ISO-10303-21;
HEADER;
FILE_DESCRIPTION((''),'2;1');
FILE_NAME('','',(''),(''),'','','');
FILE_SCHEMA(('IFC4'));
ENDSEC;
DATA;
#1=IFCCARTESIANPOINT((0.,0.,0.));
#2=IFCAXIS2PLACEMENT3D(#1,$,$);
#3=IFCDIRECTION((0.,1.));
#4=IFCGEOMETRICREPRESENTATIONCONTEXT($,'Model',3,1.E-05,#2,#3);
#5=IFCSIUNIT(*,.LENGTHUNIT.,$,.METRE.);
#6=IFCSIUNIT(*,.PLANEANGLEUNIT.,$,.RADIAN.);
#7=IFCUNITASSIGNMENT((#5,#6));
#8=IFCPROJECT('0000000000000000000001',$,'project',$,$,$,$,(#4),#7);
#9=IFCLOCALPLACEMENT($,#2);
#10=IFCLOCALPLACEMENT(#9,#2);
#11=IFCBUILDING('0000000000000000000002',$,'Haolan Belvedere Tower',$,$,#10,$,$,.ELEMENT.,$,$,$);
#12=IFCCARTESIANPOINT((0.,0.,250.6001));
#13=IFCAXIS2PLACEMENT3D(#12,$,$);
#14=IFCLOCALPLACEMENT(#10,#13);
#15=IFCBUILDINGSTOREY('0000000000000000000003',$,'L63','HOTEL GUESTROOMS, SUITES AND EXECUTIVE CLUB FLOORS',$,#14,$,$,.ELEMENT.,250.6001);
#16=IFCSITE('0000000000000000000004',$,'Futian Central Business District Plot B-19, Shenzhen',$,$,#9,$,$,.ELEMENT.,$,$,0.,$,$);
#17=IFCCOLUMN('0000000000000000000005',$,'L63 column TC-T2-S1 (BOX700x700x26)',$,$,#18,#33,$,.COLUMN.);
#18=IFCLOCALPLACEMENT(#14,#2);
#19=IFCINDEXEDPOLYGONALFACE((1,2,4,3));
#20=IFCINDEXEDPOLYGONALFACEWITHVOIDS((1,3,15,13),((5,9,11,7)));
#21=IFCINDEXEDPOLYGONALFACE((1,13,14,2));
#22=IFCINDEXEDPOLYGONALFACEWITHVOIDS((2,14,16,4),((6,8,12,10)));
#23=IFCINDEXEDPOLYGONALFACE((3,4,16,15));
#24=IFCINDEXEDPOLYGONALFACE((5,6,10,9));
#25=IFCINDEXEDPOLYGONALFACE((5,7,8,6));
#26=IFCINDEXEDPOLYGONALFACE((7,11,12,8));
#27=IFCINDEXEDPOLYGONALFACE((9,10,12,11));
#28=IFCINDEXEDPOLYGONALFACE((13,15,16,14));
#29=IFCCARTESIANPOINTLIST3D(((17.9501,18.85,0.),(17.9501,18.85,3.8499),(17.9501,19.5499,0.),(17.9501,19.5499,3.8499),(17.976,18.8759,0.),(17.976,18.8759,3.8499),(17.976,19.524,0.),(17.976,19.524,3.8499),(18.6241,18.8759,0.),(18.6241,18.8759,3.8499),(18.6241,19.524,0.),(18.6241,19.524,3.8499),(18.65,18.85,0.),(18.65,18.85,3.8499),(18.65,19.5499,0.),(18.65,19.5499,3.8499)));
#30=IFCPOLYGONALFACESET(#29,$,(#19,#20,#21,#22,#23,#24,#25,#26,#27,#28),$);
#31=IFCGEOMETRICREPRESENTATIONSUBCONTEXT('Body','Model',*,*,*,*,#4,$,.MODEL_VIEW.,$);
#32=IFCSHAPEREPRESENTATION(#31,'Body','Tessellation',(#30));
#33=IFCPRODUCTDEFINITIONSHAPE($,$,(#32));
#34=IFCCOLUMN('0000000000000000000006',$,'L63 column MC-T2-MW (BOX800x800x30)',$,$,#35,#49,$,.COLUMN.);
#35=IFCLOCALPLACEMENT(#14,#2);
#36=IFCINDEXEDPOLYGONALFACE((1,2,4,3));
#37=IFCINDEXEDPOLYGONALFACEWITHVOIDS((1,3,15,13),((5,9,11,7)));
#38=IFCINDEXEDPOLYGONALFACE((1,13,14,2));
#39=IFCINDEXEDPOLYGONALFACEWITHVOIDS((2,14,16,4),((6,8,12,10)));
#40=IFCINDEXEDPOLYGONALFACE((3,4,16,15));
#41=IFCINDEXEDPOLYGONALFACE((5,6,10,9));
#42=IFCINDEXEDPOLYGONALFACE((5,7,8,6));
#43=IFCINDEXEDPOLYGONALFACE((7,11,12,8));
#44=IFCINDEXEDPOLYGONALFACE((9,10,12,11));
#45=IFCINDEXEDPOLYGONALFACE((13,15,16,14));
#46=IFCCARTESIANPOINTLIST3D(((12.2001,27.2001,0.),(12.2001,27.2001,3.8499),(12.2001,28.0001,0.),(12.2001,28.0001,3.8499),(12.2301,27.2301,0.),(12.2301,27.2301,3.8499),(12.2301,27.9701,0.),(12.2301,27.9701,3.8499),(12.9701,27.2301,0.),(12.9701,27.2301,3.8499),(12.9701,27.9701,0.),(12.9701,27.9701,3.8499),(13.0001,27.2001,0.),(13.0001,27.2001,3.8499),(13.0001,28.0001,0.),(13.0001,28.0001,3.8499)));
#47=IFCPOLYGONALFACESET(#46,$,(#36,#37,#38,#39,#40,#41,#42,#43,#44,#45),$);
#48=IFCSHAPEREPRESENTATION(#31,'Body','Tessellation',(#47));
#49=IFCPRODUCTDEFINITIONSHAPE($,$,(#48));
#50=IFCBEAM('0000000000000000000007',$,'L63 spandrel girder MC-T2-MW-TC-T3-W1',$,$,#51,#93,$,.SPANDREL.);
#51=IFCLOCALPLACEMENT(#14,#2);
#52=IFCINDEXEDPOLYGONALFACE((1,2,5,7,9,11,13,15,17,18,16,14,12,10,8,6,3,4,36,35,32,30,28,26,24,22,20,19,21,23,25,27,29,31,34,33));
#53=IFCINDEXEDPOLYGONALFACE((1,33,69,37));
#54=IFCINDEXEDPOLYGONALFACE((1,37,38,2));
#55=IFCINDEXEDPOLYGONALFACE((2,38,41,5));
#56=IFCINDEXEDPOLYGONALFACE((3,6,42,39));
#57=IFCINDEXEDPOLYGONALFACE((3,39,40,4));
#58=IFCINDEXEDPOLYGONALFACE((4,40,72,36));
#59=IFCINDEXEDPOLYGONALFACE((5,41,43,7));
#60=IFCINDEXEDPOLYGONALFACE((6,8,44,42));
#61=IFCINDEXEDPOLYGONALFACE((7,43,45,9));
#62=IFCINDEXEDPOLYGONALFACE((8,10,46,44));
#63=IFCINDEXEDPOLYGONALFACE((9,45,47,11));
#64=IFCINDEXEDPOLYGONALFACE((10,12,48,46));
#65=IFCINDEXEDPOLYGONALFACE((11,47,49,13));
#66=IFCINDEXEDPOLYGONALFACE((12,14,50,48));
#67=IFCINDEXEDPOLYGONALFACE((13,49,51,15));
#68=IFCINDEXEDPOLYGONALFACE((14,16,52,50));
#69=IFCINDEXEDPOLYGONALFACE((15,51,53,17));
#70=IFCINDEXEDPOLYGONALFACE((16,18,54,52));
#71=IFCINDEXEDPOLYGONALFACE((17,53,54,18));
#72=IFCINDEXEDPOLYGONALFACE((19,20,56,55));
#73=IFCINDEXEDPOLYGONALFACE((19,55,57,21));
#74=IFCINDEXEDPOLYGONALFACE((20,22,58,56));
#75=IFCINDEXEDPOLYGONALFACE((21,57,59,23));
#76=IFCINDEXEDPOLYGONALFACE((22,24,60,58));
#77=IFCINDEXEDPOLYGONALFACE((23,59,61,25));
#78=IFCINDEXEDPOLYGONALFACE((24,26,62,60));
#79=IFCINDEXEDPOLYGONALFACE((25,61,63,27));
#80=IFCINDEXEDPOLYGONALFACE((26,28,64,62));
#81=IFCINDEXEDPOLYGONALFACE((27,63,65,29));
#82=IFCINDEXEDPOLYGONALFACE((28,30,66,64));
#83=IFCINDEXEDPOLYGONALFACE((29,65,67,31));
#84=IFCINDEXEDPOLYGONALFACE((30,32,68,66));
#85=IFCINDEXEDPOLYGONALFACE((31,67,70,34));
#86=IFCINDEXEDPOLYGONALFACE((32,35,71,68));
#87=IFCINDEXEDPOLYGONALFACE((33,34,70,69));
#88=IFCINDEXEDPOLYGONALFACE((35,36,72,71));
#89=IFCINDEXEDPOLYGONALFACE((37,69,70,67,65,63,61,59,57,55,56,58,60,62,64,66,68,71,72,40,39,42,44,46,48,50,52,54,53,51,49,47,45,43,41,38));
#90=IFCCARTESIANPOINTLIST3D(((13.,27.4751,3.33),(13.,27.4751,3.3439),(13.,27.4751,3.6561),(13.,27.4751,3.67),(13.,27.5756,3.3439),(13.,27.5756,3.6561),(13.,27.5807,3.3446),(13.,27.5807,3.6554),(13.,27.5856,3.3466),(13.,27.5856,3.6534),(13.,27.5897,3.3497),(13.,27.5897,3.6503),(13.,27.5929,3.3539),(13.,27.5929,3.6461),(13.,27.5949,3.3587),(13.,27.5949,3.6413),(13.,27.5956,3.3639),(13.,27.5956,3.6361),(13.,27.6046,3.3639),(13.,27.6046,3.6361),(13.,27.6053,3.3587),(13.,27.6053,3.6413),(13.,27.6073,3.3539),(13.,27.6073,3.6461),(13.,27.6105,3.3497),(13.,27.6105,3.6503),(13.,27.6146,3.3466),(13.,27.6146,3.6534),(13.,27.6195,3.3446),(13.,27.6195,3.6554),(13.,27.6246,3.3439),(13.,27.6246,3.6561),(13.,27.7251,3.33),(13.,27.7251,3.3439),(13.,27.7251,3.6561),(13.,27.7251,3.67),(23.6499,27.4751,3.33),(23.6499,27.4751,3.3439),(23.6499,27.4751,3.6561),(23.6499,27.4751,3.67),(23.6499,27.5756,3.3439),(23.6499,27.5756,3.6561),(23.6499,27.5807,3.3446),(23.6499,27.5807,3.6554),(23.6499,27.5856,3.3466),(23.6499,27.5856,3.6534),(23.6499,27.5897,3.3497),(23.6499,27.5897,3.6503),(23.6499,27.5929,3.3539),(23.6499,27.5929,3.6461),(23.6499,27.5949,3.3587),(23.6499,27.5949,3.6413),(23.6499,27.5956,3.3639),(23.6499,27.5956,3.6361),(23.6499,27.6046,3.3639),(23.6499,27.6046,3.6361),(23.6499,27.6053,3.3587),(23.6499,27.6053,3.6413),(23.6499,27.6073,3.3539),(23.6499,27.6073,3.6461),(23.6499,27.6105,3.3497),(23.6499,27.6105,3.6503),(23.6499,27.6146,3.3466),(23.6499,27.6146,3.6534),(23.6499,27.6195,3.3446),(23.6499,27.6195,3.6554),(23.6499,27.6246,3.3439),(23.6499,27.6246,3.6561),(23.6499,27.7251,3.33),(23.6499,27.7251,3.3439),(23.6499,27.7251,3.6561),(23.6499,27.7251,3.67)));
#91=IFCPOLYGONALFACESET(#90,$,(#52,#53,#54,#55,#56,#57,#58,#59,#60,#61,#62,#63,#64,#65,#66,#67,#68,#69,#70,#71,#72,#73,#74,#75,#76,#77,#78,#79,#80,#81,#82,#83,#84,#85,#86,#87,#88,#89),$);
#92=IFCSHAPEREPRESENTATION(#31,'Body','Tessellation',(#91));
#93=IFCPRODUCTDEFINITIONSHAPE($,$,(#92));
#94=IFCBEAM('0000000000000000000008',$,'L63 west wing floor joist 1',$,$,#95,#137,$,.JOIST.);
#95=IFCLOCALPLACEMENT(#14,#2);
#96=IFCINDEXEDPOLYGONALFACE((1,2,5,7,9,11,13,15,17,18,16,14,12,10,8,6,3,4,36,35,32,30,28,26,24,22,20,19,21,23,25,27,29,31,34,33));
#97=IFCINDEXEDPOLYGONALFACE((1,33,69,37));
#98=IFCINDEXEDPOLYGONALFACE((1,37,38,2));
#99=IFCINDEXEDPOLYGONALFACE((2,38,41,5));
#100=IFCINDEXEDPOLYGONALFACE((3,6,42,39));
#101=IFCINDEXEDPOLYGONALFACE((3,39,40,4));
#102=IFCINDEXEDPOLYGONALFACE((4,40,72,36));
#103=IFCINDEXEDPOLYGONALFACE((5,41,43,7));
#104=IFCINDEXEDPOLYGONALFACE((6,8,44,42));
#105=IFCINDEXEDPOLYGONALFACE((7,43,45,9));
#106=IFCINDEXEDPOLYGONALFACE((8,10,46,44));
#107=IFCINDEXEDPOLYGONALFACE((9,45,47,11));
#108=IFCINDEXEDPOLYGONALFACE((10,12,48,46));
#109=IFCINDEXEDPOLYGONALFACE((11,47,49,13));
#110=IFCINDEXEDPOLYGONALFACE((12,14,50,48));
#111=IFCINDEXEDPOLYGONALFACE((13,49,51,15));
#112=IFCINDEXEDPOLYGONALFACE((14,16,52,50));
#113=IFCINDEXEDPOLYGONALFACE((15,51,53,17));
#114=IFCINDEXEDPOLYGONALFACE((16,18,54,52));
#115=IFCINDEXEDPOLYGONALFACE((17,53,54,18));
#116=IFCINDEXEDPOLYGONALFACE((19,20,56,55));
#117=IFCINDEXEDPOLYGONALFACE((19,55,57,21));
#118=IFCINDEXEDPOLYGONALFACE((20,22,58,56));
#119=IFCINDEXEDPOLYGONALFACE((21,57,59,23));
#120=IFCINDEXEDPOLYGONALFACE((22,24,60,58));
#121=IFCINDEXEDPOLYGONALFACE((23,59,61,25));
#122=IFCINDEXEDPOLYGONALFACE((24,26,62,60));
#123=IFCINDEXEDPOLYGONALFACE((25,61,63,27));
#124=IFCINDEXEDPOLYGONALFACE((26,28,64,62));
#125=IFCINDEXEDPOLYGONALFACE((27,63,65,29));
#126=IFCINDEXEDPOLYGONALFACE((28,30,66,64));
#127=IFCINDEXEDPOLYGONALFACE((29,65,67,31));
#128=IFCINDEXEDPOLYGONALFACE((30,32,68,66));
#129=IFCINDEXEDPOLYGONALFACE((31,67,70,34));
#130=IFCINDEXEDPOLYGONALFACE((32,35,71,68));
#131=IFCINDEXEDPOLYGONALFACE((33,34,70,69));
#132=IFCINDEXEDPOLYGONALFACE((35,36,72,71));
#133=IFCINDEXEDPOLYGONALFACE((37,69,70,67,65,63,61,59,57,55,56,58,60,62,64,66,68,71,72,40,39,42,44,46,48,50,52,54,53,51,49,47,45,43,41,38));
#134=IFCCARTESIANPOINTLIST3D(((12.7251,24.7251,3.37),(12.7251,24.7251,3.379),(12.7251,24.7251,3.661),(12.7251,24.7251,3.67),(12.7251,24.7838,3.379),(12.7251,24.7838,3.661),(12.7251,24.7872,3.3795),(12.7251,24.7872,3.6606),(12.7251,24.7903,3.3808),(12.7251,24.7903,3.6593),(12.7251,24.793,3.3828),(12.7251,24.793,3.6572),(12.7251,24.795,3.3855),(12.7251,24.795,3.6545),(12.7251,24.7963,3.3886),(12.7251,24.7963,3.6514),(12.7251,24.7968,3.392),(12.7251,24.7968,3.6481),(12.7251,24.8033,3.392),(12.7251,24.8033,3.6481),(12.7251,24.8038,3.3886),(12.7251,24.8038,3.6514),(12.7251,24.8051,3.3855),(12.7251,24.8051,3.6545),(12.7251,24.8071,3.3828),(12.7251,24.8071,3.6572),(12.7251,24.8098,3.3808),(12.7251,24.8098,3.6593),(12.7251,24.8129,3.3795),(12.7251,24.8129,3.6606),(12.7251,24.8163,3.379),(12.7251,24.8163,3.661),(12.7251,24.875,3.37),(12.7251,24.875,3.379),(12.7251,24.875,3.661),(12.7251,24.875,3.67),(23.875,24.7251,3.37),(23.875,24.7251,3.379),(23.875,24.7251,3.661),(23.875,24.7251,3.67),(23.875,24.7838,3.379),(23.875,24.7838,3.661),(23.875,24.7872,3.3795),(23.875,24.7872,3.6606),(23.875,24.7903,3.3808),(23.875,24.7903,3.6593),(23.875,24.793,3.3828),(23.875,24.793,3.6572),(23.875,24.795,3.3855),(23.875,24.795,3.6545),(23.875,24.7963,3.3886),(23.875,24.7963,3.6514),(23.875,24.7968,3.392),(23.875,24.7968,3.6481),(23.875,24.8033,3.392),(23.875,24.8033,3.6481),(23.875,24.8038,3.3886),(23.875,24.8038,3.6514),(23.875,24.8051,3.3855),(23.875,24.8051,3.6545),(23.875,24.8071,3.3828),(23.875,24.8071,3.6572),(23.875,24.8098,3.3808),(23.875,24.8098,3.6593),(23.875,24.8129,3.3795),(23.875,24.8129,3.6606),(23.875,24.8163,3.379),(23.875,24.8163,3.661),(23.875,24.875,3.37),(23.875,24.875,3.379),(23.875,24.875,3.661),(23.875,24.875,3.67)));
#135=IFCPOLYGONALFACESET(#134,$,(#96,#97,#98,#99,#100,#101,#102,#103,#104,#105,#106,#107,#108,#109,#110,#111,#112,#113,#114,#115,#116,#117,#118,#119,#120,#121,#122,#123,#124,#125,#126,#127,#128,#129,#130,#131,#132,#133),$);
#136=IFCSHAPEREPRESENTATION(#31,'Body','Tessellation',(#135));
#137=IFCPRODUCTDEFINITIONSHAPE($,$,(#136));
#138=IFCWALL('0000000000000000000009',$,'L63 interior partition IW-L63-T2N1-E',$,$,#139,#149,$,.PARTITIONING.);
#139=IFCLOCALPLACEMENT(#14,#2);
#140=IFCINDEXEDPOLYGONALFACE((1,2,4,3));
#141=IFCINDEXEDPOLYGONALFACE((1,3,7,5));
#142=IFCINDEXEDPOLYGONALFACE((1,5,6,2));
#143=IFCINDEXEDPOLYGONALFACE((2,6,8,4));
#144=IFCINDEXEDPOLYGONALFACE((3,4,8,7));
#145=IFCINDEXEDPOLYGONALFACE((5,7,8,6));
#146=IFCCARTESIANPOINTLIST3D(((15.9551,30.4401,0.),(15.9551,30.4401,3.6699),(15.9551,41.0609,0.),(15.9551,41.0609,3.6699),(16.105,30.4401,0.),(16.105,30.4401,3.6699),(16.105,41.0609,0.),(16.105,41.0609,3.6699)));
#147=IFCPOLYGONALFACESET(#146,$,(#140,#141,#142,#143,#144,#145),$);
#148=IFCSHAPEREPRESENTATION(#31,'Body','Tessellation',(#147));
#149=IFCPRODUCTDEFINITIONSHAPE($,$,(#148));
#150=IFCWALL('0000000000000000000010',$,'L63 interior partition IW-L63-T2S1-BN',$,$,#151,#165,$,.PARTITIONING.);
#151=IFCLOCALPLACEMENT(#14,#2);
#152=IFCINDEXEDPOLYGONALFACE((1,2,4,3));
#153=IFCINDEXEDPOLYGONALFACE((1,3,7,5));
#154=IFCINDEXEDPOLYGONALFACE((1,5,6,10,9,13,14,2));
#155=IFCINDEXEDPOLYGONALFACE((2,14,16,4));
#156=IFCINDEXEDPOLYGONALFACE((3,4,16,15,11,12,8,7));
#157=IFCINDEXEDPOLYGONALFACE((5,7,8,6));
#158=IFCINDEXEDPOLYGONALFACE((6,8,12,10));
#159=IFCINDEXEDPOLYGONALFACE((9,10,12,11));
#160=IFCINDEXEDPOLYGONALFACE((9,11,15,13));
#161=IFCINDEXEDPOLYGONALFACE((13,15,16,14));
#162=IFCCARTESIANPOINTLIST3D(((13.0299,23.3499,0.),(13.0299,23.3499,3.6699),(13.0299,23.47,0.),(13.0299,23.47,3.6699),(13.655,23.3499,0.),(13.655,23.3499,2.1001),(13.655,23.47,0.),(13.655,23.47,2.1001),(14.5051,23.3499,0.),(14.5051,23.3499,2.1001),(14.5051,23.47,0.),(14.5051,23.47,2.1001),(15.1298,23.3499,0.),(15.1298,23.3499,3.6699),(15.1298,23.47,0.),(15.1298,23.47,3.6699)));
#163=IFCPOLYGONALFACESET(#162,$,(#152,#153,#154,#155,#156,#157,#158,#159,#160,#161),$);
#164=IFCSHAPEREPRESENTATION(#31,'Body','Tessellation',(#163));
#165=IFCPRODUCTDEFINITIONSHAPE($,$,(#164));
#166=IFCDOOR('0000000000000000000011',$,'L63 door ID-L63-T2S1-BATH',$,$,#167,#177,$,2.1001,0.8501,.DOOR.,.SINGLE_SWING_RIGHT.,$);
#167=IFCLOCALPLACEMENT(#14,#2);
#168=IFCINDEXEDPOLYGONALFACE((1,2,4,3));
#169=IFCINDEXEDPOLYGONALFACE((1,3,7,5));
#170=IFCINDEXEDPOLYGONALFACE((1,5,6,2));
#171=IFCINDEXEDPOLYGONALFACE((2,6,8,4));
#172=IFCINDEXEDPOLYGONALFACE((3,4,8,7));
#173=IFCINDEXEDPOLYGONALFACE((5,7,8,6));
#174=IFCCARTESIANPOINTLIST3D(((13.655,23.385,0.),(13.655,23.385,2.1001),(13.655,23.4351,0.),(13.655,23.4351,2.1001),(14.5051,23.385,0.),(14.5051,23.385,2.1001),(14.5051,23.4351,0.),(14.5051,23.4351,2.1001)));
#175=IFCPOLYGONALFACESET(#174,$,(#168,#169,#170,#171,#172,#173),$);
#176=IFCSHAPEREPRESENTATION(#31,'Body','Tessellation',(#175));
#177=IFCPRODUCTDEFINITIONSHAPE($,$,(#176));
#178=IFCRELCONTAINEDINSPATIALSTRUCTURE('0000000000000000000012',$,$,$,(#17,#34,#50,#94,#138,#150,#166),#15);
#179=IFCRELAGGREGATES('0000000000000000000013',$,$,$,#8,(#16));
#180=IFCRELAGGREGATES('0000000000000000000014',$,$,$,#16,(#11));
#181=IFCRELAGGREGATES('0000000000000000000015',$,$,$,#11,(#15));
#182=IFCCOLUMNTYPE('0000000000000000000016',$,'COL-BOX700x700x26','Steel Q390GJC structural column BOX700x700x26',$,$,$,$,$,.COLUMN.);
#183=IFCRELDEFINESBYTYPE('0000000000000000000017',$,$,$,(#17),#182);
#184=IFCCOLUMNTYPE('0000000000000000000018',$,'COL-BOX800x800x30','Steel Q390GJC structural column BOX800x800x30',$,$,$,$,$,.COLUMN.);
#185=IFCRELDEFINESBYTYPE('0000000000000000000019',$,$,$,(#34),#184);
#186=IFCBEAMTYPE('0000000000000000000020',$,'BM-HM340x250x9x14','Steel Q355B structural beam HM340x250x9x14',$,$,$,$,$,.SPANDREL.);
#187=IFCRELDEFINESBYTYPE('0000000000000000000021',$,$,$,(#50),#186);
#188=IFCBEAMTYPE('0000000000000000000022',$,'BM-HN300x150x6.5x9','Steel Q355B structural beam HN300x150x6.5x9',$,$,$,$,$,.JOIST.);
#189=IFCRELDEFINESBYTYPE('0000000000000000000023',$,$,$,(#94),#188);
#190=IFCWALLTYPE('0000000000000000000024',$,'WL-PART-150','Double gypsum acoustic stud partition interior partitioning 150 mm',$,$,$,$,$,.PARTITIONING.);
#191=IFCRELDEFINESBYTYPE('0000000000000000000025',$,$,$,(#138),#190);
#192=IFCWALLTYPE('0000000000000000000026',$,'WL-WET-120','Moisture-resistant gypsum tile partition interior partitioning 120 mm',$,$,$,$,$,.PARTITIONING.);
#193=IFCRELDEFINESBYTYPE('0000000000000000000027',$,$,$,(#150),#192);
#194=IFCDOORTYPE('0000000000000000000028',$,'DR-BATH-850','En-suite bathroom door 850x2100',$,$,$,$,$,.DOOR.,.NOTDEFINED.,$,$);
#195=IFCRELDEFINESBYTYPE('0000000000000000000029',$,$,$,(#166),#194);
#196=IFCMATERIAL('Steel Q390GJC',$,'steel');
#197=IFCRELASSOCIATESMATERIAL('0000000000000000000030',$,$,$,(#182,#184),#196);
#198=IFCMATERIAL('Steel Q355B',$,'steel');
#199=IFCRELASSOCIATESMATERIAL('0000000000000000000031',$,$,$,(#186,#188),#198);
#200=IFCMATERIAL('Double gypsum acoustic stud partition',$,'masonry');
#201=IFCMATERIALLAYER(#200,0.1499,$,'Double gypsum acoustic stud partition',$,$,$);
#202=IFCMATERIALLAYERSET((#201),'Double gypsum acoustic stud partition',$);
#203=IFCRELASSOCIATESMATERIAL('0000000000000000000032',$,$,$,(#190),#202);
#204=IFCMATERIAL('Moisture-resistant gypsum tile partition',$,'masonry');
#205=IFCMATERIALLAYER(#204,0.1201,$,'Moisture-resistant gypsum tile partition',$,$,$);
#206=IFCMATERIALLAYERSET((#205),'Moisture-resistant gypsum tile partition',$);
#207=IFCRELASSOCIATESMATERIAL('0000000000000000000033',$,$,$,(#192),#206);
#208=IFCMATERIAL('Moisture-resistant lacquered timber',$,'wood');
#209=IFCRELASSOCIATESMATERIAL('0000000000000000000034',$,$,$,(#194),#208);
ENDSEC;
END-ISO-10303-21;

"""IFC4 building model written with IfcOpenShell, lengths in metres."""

from ifc_helpers import new_model, si_unit, direction, frame, frame_2d, origin, origin_2d, place, context, subcontext, project, spatial, rectangle, hollow_rectangle, i_section, extrude, material, layer, layer_set, material_profile, profile_set, type_object, element, fill, save


model = new_model("IFC4")

# Units and contexts
model_context = context("Model", 3, precision=1e-05, world=origin(), true_north=direction((0.0, 1.0)))
body_context = subcontext(model_context, "Body", "Model", "MODEL_VIEW")
ifc_project = project(units=[si_unit("LENGTHUNIT", "METRE"), si_unit("PLANEANGLEUNIT", "RADIAN")], contexts=[model_context])

# Site, building, storey
site_placement = place(None, origin())
site = spatial("IfcSite", under=ifc_project, at=site_placement, Name="Futian Central Business District Plot B-19, Shenzhen", CompositionType="ELEMENT", RefElevation=0.0)
building_placement = place(site_placement, origin())
building = spatial("IfcBuilding", under=site, at=building_placement, Name="Haolan Belvedere Tower", CompositionType="ELEMENT")
storey_placement = place(building_placement, frame((0.0, 0.0, 250.6001)))
storey = spatial("IfcBuildingStorey", under=building, at=storey_placement, Name="L63", Description="HOTEL GUESTROOMS, SUITES AND EXECUTIVE CLUB FLOORS", CompositionType="ELEMENT", Elevation=250.6001)

# Columns
ifc_material_1 = material(Name="Steel Q390GJC", Category="steel")
ifc_material_profile_1 = material_profile(ifc_material_1, hollow_rectangle(XDim=0.7, YDim=0.7, WallThickness=0.0259, at=origin_2d()), Name="Steel Q390GJC")
ifc_profile_set_1 = profile_set([ifc_material_profile_1], Name="Steel Q390GJC")
column_type_1 = type_object("IfcColumnType", Name="COL-BOX700x700x26", Description="Steel Q390GJC structural column BOX700x700x26", PredefinedType="COLUMN", material=ifc_profile_set_1)
column_1_placement = place(storey_placement, frame((18.3, 19.2, 0.0), z_axis=(0.0, 0.0, 1.0), x_axis=(1.0, 0.0, 0.0)))
element("IfcColumn", 1, at=column_1_placement, inside=storey, type_object=column_type_1, Name="L63 column TC-T2-S1 (BOX700x700x26)", PredefinedType="COLUMN", context=body_context, shape_type="SweptSolid", body=[
    extrude(hollow_rectangle(XDim=0.7, YDim=0.7, WallThickness=0.0259, at=origin_2d()), origin(), (0.0, 0.0, 1.0), 3.8499),
])
ifc_material_profile_2 = material_profile(ifc_material_1, hollow_rectangle(XDim=0.8, YDim=0.8, WallThickness=0.03, at=origin_2d()), Name="Steel Q390GJC")
ifc_profile_set_2 = profile_set([ifc_material_profile_2], Name="Steel Q390GJC")
column_type_2 = type_object("IfcColumnType", Name="COL-BOX800x800x30", Description="Steel Q390GJC structural column BOX800x800x30", PredefinedType="COLUMN", material=ifc_profile_set_2)
column_2_placement = place(storey_placement, frame((12.6001, 27.6001, 0.0), z_axis=(0.0, 0.0, 1.0), x_axis=(1.0, 0.0, 0.0)))
element("IfcColumn", 2, at=column_2_placement, inside=storey, type_object=column_type_2, Name="L63 column MC-T2-MW (BOX800x800x30)", PredefinedType="COLUMN", context=body_context, shape_type="SweptSolid", body=[
    extrude(hollow_rectangle(XDim=0.8, YDim=0.8, WallThickness=0.03, at=origin_2d()), origin(), (0.0, 0.0, 1.0), 3.8499),
])

# Beams
ifc_material_2 = material(Name="Steel Q355B", Category="steel")
ifc_material_profile_3 = material_profile(ifc_material_2, i_section(OverallWidth=0.25, OverallDepth=0.3401, WebThickness=0.009, FlangeThickness=0.0139, FilletRadius=0.02, at=origin_2d()), Name="Steel Q355B")
ifc_profile_set_3 = profile_set([ifc_material_profile_3], Name="Steel Q355B")
beam_type_1 = type_object("IfcBeamType", Name="BM-HM340x250x9x14", Description="Steel Q355B structural beam HM340x250x9x14", PredefinedType="SPANDREL", material=ifc_profile_set_3)
beam_1_placement = place(storey_placement, frame((13.0, 27.6001, 3.5), z_axis=(1.0, 0.0, 0.0), x_axis=(0.0, 1.0, 0.0)))
element("IfcBeam", 3, at=beam_1_placement, inside=storey, type_object=beam_type_1, Name="L63 spandrel girder MC-T2-MW-TC-T3-W1", PredefinedType="SPANDREL", context=body_context, shape_type="SweptSolid", body=[
    extrude(i_section(OverallWidth=0.25, OverallDepth=0.3401, WebThickness=0.009, FlangeThickness=0.0139, FilletRadius=0.02, at=origin_2d()), origin(), (0.0, 0.0, 1.0), 10.6499),
])
ifc_material_profile_4 = material_profile(ifc_material_2, i_section(OverallWidth=0.1499, OverallDepth=0.3, WebThickness=0.0066, FlangeThickness=0.009, FilletRadius=0.0129, at=origin_2d()), Name="Steel Q355B")
ifc_profile_set_4 = profile_set([ifc_material_profile_4], Name="Steel Q355B")
beam_type_2 = type_object("IfcBeamType", Name="BM-HN300x150x6.5x9", Description="Steel Q355B structural beam HN300x150x6.5x9", PredefinedType="JOIST", material=ifc_profile_set_4)
beam_2_placement = place(storey_placement, frame((12.7251, 24.8, 3.52), z_axis=(1.0, 0.0, 0.0), x_axis=(0.0, 1.0, 0.0)))
element("IfcBeam", 4, at=beam_2_placement, inside=storey, type_object=beam_type_2, Name="L63 west wing floor joist 1", PredefinedType="JOIST", context=body_context, shape_type="SweptSolid", body=[
    extrude(i_section(OverallWidth=0.1499, OverallDepth=0.3, WebThickness=0.0066, FlangeThickness=0.009, FilletRadius=0.0129, at=origin_2d()), origin(), (0.0, 0.0, 1.0), 11.1499),
])

# Shared definitions
ifc_material_3 = material(Name="Double gypsum acoustic stud partition", Category="masonry")
ifc_layer_1 = layer(ifc_material_3, 0.1499, Name="Double gypsum acoustic stud partition")
ifc_layer_set_1 = layer_set([ifc_layer_1], Name="Double gypsum acoustic stud partition")
wall_type_1 = type_object("IfcWallType", Name="WL-PART-150", Description="Double gypsum acoustic stud partition interior partitioning 150 mm", PredefinedType="PARTITIONING", material=ifc_layer_set_1)

# Wall
wall_1_placement = place(storey_placement, frame((16.03, 30.4399, 0.0), z_axis=(0.0, 0.0, 1.0), x_axis=(0.0, 1.0, 0.0)))
element("IfcWall", 5, at=wall_1_placement, inside=storey, type_object=wall_type_1, Name="L63 interior partition IW-L63-T2N1-E", PredefinedType="PARTITIONING", context=body_context, shape_type="SweptSolid", body=[
    extrude(rectangle(XDim=10.6208, YDim=0.1499, at=frame_2d((5.3105, 0.0))), origin(), (0.0, 0.0, 1.0), 3.6699),
])

# Wall, opening, door
ifc_material_4 = material(Name="Moisture-resistant gypsum tile partition", Category="masonry")
ifc_layer_2 = layer(ifc_material_4, 0.1201, Name="Moisture-resistant gypsum tile partition")
ifc_layer_set_2 = layer_set([ifc_layer_2], Name="Moisture-resistant gypsum tile partition")
wall_type_2 = type_object("IfcWallType", Name="WL-WET-120", Description="Moisture-resistant gypsum tile partition interior partitioning 120 mm", PredefinedType="PARTITIONING", material=ifc_layer_set_2)
wall_2_placement = place(storey_placement, frame((13.03, 23.4099, 0.0), z_axis=(0.0, 0.0, 1.0), x_axis=(1.0, 0.0, 0.0)))
wall_2 = element("IfcWall", 6, at=wall_2_placement, inside=storey, type_object=wall_type_2, Name="L63 interior partition IW-L63-T2S1-BN", PredefinedType="PARTITIONING", context=body_context, shape_type="SweptSolid", body=[
    extrude(rectangle(XDim=2.0999, YDim=0.1201, at=frame_2d((1.0498, 0.0))), origin(), (0.0, 0.0, 1.0), 3.6699),
])
opening_1_placement = place(wall_2_placement, frame((1.4751, 0.0, 0.0), z_axis=(0.0, 0.0, 1.0), x_axis=(-1.0, 0.0, 0.0)))
opening_1 = element("IfcOpeningElement", 7, at=opening_1_placement, cuts=wall_2, PredefinedType="OPENING", context=body_context, shape_type="SweptSolid", body=[
    extrude(rectangle(XDim=0.8501, YDim=2.1001, at=frame_2d((0.425, 1.05))), frame((0.0, 0.0701, 0.0), z_axis=(0.0, -1.0, 0.0), x_axis=(1.0, 0.0, 0.0)), (0.0, 0.0, 1.0), 0.1401),
])
ifc_material_5 = material(Name="Moisture-resistant lacquered timber", Category="wood")
door_type_1 = type_object("IfcDoorType", Name="DR-BATH-850", Description="En-suite bathroom door 850x2100", OperationType="NOTDEFINED", PredefinedType="DOOR", material=ifc_material_5)
door_1_placement = place(opening_1_placement, origin())
door_1 = element("IfcDoor", 8, at=door_1_placement, inside=storey, type_object=door_type_1, Name="L63 door ID-L63-T2S1-BATH", OperationType="SINGLE_SWING_RIGHT", OverallHeight=2.1001, OverallWidth=0.8501, PredefinedType="DOOR", context=body_context, shape_type="SweptSolid", body=[
    extrude(rectangle(XDim=0.8501, YDim=2.1001, at=frame_2d((0.425, 1.05))), frame((0.0, 0.0249, 0.0), z_axis=(0.0, -1.0, 0.0), x_axis=(1.0, 0.0, 0.0)), (0.0, 0.0, 1.0), 0.05),
])
fill(opening_1, door_1)

save(model, "model.ifc")
